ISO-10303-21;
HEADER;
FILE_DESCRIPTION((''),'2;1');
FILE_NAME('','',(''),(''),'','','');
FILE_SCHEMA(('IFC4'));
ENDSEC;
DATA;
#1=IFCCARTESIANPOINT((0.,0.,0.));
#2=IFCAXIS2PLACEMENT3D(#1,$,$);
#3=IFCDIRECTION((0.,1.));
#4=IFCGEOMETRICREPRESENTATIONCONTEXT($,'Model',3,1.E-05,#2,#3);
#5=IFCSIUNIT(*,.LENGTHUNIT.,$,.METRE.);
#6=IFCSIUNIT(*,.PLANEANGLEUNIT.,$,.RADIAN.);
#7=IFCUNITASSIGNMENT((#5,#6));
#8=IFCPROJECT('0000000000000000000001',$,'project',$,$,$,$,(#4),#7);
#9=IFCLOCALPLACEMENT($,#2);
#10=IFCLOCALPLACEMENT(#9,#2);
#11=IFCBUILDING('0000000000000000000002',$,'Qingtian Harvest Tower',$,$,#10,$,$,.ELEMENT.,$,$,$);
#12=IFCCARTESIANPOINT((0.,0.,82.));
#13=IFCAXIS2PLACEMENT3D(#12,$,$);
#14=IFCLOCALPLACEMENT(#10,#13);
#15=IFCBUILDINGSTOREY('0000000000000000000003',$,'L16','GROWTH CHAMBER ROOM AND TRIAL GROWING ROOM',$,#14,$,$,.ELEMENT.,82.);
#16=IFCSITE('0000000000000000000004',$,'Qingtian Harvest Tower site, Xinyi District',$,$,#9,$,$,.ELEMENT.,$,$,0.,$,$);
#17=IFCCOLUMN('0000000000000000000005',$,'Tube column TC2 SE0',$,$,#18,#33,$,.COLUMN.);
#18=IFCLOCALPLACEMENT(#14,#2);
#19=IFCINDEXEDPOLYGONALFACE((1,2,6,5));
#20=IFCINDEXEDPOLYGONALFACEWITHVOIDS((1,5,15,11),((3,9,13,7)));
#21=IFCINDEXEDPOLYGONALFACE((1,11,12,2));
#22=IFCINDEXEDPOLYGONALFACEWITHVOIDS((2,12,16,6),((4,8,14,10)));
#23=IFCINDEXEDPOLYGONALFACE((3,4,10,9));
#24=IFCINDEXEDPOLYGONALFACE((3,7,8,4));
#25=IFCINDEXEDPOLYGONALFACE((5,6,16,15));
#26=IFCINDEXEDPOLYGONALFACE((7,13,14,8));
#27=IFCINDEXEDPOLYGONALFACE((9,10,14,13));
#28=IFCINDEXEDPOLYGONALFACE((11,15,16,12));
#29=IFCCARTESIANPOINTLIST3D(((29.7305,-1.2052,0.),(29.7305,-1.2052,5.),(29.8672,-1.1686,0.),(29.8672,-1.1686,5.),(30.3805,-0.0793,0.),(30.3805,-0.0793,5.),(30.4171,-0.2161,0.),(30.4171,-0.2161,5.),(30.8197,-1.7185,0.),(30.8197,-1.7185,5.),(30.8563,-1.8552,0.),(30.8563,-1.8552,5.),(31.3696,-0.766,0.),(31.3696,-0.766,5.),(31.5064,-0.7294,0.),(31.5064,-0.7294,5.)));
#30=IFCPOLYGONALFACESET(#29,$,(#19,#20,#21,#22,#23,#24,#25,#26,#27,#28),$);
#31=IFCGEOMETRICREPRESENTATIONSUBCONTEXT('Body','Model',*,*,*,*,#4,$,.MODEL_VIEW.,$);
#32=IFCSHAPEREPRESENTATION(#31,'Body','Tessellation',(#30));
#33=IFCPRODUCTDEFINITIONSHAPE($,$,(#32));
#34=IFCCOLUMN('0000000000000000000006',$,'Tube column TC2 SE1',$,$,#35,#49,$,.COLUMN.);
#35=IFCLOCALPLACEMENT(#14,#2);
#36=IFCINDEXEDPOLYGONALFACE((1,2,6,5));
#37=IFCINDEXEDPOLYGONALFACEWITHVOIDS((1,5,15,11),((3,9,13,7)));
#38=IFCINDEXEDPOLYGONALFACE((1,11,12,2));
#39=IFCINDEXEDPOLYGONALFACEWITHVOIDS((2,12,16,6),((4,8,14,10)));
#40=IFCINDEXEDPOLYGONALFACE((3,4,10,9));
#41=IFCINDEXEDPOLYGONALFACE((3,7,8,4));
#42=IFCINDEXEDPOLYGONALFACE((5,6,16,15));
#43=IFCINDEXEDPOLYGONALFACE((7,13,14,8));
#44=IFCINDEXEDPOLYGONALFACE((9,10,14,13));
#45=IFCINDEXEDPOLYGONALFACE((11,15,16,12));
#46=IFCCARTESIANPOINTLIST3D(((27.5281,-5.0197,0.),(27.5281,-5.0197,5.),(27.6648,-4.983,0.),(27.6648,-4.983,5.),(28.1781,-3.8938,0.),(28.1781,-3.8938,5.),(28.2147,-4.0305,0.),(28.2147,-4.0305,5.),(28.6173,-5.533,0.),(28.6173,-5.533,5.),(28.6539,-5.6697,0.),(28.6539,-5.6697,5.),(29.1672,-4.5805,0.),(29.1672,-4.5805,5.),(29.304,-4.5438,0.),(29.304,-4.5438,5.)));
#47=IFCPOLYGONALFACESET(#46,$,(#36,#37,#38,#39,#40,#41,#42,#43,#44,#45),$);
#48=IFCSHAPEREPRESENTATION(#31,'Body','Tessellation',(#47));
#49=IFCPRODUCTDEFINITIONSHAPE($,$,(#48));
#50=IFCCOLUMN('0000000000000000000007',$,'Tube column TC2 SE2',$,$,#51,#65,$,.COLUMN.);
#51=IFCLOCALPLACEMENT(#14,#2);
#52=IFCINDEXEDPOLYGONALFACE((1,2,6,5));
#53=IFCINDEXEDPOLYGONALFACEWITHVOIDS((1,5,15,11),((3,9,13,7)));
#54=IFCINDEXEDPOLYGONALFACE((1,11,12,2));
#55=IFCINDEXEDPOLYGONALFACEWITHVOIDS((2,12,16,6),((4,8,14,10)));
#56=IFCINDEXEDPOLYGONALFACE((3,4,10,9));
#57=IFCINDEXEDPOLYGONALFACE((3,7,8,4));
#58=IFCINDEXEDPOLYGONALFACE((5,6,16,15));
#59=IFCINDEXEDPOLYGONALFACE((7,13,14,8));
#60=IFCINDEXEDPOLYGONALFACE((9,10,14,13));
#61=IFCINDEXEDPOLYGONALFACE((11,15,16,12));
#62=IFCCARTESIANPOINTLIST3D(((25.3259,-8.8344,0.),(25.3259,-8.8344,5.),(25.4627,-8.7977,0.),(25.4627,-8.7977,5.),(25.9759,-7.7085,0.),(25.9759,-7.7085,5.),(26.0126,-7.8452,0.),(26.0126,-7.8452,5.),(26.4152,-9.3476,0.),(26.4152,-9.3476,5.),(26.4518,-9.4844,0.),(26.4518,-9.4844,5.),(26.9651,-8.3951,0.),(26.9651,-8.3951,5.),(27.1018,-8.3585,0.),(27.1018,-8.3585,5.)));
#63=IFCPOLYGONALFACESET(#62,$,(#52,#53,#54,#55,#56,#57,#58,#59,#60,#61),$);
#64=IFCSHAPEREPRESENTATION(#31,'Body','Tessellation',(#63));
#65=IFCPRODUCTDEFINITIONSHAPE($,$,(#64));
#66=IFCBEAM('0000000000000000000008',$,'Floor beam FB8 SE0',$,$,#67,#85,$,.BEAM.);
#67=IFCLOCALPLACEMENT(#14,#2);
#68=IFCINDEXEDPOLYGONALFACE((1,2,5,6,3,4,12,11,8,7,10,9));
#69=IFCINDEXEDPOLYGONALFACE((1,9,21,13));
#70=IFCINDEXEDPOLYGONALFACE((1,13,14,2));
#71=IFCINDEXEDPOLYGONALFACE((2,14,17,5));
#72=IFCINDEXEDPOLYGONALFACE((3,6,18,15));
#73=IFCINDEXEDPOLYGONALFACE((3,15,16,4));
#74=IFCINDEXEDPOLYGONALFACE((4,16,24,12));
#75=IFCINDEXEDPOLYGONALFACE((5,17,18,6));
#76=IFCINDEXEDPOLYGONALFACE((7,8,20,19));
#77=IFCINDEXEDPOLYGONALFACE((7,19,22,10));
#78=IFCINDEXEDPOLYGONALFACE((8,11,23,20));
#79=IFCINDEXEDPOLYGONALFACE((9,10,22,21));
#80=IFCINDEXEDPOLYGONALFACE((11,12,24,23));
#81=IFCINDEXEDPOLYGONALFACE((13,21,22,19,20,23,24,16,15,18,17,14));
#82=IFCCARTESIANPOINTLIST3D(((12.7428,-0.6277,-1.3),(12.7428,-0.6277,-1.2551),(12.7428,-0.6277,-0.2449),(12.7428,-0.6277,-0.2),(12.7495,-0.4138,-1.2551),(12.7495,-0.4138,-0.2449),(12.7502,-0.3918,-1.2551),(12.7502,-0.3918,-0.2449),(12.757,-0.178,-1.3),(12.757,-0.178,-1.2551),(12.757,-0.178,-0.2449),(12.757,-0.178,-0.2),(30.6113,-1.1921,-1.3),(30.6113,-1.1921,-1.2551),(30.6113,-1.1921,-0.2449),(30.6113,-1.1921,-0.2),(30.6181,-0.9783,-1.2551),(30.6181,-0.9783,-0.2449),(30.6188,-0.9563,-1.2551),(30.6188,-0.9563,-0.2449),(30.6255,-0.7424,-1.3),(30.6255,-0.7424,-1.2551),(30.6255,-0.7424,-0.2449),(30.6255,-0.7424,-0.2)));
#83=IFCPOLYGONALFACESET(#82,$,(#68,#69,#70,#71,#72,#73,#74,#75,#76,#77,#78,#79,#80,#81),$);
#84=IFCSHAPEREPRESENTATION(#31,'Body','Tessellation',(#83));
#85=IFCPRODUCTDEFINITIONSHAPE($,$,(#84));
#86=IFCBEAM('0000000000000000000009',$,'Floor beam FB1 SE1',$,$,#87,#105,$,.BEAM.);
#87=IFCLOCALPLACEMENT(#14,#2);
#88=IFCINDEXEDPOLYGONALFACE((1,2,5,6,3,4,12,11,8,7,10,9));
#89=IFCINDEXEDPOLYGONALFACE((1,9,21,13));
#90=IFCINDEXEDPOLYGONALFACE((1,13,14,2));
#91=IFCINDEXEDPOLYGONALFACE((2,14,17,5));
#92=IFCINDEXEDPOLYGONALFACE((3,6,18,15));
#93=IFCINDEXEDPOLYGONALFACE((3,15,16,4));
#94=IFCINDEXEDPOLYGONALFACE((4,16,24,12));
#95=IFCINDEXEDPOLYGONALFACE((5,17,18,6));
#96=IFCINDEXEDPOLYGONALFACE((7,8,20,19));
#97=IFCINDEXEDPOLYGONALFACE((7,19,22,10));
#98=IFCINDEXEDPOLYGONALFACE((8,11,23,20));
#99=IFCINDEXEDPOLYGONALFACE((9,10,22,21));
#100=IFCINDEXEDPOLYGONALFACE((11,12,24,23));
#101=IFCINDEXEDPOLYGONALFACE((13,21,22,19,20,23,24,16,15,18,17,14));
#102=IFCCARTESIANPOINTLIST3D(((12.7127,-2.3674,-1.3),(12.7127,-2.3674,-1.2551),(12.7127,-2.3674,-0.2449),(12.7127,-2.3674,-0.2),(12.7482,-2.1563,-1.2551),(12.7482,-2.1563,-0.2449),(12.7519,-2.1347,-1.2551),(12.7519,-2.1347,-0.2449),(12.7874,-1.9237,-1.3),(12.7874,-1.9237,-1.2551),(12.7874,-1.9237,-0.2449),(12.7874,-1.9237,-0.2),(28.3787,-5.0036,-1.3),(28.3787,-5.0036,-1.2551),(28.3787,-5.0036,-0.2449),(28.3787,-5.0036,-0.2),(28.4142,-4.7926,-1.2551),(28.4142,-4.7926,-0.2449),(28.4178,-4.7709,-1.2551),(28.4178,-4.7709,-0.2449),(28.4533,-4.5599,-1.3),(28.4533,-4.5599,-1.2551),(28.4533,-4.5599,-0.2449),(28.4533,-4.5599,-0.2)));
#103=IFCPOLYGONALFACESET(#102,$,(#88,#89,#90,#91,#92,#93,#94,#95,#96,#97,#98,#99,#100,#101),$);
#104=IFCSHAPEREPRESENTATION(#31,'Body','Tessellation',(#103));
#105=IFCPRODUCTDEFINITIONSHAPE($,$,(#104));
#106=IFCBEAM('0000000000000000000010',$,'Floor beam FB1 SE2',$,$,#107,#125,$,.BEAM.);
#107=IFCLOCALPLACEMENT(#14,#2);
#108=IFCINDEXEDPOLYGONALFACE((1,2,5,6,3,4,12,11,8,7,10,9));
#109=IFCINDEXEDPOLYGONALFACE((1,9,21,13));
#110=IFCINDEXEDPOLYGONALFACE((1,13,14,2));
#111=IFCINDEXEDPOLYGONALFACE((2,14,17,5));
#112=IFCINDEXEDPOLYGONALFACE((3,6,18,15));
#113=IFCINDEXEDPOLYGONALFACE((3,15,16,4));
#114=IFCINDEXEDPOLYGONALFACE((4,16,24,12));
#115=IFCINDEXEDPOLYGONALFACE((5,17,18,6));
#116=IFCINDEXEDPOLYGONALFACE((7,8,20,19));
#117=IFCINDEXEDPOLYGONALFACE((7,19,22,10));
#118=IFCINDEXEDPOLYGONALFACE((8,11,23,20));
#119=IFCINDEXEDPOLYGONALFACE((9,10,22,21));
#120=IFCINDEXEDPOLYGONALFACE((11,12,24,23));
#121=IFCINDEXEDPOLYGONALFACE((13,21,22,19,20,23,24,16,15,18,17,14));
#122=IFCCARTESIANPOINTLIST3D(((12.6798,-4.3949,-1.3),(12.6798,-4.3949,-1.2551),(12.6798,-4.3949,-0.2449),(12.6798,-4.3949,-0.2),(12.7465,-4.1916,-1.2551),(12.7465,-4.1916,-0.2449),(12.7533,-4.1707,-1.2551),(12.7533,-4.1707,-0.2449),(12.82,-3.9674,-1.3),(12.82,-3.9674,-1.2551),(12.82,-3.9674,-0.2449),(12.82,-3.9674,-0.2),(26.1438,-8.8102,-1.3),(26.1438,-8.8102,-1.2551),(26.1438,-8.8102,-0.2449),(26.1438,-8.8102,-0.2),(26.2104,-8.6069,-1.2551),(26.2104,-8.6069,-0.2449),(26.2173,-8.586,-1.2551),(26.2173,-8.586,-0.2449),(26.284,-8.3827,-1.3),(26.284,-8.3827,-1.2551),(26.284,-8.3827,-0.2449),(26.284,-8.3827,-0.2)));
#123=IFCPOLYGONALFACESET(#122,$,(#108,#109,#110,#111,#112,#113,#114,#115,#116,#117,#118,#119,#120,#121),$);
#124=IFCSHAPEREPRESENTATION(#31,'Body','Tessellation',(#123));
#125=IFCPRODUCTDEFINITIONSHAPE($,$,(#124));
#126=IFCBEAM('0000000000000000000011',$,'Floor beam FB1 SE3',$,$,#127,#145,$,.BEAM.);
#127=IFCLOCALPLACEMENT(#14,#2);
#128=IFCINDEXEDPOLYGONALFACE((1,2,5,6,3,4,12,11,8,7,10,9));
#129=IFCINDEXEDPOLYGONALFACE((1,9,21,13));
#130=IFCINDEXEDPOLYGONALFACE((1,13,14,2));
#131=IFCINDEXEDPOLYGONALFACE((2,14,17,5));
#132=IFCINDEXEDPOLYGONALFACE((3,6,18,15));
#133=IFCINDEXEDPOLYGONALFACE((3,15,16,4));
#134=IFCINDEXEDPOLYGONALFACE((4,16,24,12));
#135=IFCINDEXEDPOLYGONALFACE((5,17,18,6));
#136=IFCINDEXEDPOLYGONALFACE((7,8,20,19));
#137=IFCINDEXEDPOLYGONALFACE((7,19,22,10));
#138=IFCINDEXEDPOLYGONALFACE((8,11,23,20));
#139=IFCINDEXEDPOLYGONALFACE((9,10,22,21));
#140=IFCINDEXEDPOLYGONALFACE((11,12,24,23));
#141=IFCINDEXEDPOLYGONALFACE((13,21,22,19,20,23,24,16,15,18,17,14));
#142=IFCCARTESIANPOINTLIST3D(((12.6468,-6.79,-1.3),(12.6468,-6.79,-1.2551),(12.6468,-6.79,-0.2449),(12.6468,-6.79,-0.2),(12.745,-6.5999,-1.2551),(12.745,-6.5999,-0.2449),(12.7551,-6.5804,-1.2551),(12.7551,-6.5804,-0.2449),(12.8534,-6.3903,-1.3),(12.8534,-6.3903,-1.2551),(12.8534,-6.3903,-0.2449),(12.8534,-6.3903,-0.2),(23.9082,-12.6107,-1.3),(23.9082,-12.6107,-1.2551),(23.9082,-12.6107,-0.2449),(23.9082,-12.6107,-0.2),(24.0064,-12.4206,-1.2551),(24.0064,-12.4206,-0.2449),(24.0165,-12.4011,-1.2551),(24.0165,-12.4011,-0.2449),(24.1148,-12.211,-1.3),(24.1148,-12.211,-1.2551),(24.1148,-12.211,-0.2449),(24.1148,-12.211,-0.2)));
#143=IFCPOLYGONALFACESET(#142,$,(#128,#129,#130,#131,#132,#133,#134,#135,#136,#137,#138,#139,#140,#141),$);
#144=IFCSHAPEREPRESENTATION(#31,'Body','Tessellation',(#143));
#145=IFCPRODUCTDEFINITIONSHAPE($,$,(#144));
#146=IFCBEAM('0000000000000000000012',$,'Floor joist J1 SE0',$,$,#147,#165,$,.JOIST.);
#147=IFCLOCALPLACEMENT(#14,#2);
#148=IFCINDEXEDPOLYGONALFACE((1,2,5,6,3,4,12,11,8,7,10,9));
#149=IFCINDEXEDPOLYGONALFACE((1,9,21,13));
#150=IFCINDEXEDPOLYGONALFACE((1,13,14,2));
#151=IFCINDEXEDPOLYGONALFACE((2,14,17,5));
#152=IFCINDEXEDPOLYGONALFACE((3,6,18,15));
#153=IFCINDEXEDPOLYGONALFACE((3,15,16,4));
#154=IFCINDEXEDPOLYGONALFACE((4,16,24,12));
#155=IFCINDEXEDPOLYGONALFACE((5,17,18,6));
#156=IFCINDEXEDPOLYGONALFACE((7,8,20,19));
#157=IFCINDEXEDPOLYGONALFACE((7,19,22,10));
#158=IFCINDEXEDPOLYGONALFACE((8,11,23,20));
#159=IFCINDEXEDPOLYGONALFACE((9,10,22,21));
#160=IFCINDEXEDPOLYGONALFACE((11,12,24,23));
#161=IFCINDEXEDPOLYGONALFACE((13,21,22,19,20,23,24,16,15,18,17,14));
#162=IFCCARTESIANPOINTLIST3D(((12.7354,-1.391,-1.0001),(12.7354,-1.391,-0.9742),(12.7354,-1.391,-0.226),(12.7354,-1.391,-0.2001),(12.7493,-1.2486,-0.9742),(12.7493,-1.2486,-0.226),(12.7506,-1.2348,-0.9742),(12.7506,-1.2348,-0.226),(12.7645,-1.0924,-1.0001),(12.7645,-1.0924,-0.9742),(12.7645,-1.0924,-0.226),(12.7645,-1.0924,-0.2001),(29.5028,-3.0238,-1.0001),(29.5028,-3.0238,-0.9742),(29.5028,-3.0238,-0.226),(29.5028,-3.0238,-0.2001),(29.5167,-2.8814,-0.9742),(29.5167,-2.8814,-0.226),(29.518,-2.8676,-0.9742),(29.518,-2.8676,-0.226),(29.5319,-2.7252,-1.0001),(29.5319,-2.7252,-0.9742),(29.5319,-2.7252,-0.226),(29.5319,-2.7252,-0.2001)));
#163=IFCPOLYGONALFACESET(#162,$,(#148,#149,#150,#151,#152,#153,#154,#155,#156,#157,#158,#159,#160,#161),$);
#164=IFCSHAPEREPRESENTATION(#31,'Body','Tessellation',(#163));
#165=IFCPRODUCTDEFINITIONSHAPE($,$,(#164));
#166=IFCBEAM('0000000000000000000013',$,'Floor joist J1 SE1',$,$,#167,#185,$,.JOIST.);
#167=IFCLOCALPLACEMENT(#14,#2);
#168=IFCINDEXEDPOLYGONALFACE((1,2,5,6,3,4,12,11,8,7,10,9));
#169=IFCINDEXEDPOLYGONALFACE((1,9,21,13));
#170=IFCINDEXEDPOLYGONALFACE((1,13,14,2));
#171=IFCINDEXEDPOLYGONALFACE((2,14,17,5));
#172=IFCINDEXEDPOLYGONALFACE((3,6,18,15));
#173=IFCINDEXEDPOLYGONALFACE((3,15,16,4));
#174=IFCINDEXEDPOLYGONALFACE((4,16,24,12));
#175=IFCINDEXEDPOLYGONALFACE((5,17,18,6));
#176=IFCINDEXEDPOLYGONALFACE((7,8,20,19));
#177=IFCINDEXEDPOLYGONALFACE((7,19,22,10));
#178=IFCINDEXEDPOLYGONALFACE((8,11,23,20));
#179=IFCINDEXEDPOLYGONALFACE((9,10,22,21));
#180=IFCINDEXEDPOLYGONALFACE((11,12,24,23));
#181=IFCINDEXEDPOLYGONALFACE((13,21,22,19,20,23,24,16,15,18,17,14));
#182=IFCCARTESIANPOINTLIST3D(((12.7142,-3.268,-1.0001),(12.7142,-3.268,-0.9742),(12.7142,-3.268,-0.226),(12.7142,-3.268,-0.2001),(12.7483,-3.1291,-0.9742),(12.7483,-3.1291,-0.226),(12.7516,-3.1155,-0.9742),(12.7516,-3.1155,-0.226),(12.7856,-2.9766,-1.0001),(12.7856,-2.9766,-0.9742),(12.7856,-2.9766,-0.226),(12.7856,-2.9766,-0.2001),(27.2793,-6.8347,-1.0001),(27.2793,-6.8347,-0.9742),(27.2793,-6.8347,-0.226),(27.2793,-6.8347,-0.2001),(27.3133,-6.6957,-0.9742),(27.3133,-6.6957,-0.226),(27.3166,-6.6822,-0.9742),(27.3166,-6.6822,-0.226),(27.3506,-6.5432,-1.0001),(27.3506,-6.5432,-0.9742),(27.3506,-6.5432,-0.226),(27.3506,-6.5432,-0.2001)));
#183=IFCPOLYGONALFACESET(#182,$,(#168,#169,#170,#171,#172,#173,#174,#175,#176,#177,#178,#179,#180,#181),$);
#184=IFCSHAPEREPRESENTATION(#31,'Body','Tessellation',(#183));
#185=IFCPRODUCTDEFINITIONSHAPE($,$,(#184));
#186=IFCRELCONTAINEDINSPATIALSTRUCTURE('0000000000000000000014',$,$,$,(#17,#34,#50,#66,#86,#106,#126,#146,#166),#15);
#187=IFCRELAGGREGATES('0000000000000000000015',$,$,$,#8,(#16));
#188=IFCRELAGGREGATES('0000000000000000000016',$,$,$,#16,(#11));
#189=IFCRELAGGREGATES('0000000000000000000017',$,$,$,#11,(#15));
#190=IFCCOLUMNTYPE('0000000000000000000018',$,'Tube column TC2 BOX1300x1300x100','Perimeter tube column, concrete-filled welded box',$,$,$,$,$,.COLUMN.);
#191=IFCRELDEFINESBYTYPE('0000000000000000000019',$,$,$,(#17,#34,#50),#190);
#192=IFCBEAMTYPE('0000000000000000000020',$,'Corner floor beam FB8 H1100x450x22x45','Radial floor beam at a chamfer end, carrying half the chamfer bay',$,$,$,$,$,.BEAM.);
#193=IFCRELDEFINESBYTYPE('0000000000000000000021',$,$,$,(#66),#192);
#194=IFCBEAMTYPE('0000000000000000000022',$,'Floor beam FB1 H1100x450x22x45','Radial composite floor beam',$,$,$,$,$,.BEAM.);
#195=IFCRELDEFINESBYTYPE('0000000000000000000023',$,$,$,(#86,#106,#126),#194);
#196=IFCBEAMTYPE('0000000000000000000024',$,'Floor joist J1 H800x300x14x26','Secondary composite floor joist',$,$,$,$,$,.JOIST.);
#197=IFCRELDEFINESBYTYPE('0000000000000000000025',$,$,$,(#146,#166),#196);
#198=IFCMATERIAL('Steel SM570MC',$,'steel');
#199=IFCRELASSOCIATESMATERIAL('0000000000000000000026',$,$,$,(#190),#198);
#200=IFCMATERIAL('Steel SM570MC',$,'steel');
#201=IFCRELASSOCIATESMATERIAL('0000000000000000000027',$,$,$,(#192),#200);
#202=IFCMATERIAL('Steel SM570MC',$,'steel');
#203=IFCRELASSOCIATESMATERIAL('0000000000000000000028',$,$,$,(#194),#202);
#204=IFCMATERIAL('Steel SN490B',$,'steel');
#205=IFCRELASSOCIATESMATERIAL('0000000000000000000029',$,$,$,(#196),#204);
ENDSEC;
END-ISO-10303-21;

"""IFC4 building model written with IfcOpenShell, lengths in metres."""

from ifc_helpers import new_model, si_unit, direction, frame, origin, origin_2d, place, context, subcontext, project, spatial, hollow_rectangle, i_section, extrude, material, material_profile, profile_set, type_object, element, save


model = new_model("IFC4")

# Units and contexts
model_context = context("Model", 3, precision=1e-05, world=origin(), true_north=direction((0.0, 1.0)))
body_context = subcontext(model_context, "Body", "Model", "MODEL_VIEW")
ifc_project = project(units=[si_unit("LENGTHUNIT", "METRE"), si_unit("PLANEANGLEUNIT", "RADIAN")], contexts=[model_context])

# Site, building, storey
site_placement = place(None, origin())
site = spatial("IfcSite", under=ifc_project, at=site_placement, Name="Qingtian Harvest Tower site, Xinyi District", CompositionType="ELEMENT", RefElevation=0.0)
building_placement = place(site_placement, origin())
building = spatial("IfcBuilding", under=site, at=building_placement, Name="Qingtian Harvest Tower", CompositionType="ELEMENT")
storey_placement = place(building_placement, frame((0.0, 0.0, 82.0)))
storey = spatial("IfcBuildingStorey", under=building, at=storey_placement, Name="L16", Description="GROWTH CHAMBER ROOM AND TRIAL GROWING ROOM", CompositionType="ELEMENT", Elevation=82.0)

# Columns
ifc_material_1 = material(Name="Steel SM570MC", Category="steel")
ifc_material_profile_1 = material_profile(ifc_material_1, hollow_rectangle(XDim=1.3, YDim=1.3, WallThickness=0.1001, at=origin_2d()), Name="BOX1300x1300x100")
ifc_profile_set_1 = profile_set([ifc_material_profile_1], Name="Steel SM570MC")
column_type = type_object("IfcColumnType", Name="Tube column TC2 BOX1300x1300x100", Description="Perimeter tube column, concrete-filled welded box", PredefinedType="COLUMN", material=ifc_profile_set_1)
for number, where, z_axis, x_axis, name in (
    (1, (30.6184, -0.9673, 0.0), (0.0, 0.0, 1.0), (0.5, 0.866025, 0.0), "Tube column TC2 SE0"),
    (2, (28.416, -4.7817, 0.0), (0.0, 0.0, 1.0), (0.5, 0.866025, 0.0), "Tube column TC2 SE1"),
    (3, (26.2139, -8.5964, 0.0), (0.0, 0.0, 1.0), (0.5, 0.866025, 0.0), "Tube column TC2 SE2"),
):
    element("IfcColumn", number, at=place(storey_placement, frame(where, z_axis=z_axis, x_axis=x_axis)), inside=storey, type_object=column_type, Name=name, PredefinedType="COLUMN", context=body_context, shape_type="SweptSolid", body=[
        extrude(hollow_rectangle(XDim=1.3, YDim=1.3, WallThickness=0.1001, at=origin_2d()), origin(), (0.0, 0.0, 1.0), 5.0),
    ])

# Beams
ifc_material_2 = material(Name="Steel SM570MC", Category="steel")
ifc_material_profile_2 = material_profile(ifc_material_2, i_section(OverallWidth=0.45, OverallDepth=1.1001, WebThickness=0.022, FlangeThickness=0.0449, at=origin_2d()), Name="H1100x450x22x45")
ifc_profile_set_2 = profile_set([ifc_material_profile_2], Name="Steel SM570MC")
beam_type_1 = type_object("IfcBeamType", Name="Corner floor beam FB8 H1100x450x22x45", Description="Radial floor beam at a chamfer end, carrying half the chamfer bay", PredefinedType="BEAM", material=ifc_profile_set_2)
beam_1_placement = place(storey_placement, frame((30.6184, -0.9673, -0.75), z_axis=(-0.999501, 0.031574, 0.0), x_axis=(-0.031574, -0.999501, 0.0)))
element("IfcBeam", 4, at=beam_1_placement, inside=storey, type_object=beam_type_1, Name="Floor beam FB8 SE0", PredefinedType="BEAM", context=body_context, shape_type="SweptSolid", body=[
    extrude(i_section(OverallWidth=0.45, OverallDepth=1.1001, WebThickness=0.022, FlangeThickness=0.0449, at=origin_2d()), origin(), (0.0, 0.0, 1.0), 17.8774),
])
ifc_material_3 = material(Name="Steel SM570MC", Category="steel")
ifc_material_profile_3 = material_profile(ifc_material_3, i_section(OverallWidth=0.45, OverallDepth=1.1001, WebThickness=0.022, FlangeThickness=0.0449, at=origin_2d()), Name="H1100x450x22x45")
ifc_profile_set_3 = profile_set([ifc_material_profile_3], Name="Steel SM570MC")
beam_type_2 = type_object("IfcBeamType", Name="Floor beam FB1 H1100x450x22x45", Description="Radial composite floor beam", PredefinedType="BEAM", material=ifc_profile_set_3)
beam_2_placement = place(storey_placement, frame((28.416, -4.7817, -0.75), z_axis=(-0.986135, 0.165944, 0.0), x_axis=(-0.165944, -0.986135, 0.0)))
element("IfcBeam", 5, at=beam_2_placement, inside=storey, type_object=beam_type_2, Name="Floor beam FB1 SE1", PredefinedType="BEAM", context=body_context, shape_type="SweptSolid", body=[
    extrude(i_section(OverallWidth=0.45, OverallDepth=1.1001, WebThickness=0.022, FlangeThickness=0.0449, at=origin_2d()), origin(), (0.0, 0.0, 1.0), 15.8862),
])
beam_3_placement = place(storey_placement, frame((26.2139, -8.5964, -0.75), z_axis=(-0.950211, 0.311608, 0.0), x_axis=(-0.311608, -0.950211, 0.0)))
element("IfcBeam", 6, at=beam_3_placement, inside=storey, type_object=beam_type_2, Name="Floor beam FB1 SE2", PredefinedType="BEAM", context=body_context, shape_type="SweptSolid", body=[
    extrude(i_section(OverallWidth=0.45, OverallDepth=1.1001, WebThickness=0.022, FlangeThickness=0.0449, at=origin_2d()), origin(), (0.0, 0.0, 1.0), 14.1694),
])
beam_4_placement = place(storey_placement, frame((24.0115, -12.4109, -0.75), z_axis=(-0.88835, 0.459168, 0.0), x_axis=(-0.459168, -0.88835, 0.0)))
element("IfcBeam", 7, at=beam_4_placement, inside=storey, type_object=beam_type_2, Name="Floor beam FB1 SE3", PredefinedType="BEAM", context=body_context, shape_type="SweptSolid", body=[
    extrude(i_section(OverallWidth=0.45, OverallDepth=1.1001, WebThickness=0.022, FlangeThickness=0.0449, at=origin_2d()), origin(), (0.0, 0.0, 1.0), 12.6768),
])
ifc_material_4 = material(Name="Steel SN490B", Category="steel")
ifc_material_profile_4 = material_profile(ifc_material_4, i_section(OverallWidth=0.3, OverallDepth=0.8, WebThickness=0.0139, FlangeThickness=0.0259, at=origin_2d()), Name="H800x300x14x26")
ifc_profile_set_4 = profile_set([ifc_material_profile_4], Name="Steel SN490B")
beam_type_3 = type_object("IfcBeamType", Name="Floor joist J1 H800x300x14x26", Description="Secondary composite floor joist", PredefinedType="JOIST", material=ifc_profile_set_4)
beam_5_placement = place(storey_placement, frame((29.5173, -2.8745, -0.6001), z_axis=(-0.995292, 0.096922, 0.0), x_axis=(-0.096922, -0.995292, 0.0)))
element("IfcBeam", 8, at=beam_5_placement, inside=storey, type_object=beam_type_3, Name="Floor joist J1 SE0", PredefinedType="JOIST", context=body_context, shape_type="SweptSolid", body=[
    extrude(i_section(OverallWidth=0.3, OverallDepth=0.8, WebThickness=0.0139, FlangeThickness=0.0259, at=origin_2d()), origin(), (0.0, 0.0, 1.0), 16.8467),
])
beam_6_placement = place(storey_placement, frame((27.3149, -6.689, -0.6001), z_axis=(-0.971302, 0.237851, 0.0), x_axis=(-0.237851, -0.971302, 0.0)))
element("IfcBeam", 9, at=beam_6_placement, inside=storey, type_object=beam_type_3, Name="Floor joist J1 SE1", PredefinedType="JOIST", context=body_context, shape_type="SweptSolid", body=[
    extrude(i_section(OverallWidth=0.3, OverallDepth=0.8, WebThickness=0.0139, FlangeThickness=0.0259, at=origin_2d()), origin(), (0.0, 0.0, 1.0), 14.9954),
])

save(model, "model.ifc")
